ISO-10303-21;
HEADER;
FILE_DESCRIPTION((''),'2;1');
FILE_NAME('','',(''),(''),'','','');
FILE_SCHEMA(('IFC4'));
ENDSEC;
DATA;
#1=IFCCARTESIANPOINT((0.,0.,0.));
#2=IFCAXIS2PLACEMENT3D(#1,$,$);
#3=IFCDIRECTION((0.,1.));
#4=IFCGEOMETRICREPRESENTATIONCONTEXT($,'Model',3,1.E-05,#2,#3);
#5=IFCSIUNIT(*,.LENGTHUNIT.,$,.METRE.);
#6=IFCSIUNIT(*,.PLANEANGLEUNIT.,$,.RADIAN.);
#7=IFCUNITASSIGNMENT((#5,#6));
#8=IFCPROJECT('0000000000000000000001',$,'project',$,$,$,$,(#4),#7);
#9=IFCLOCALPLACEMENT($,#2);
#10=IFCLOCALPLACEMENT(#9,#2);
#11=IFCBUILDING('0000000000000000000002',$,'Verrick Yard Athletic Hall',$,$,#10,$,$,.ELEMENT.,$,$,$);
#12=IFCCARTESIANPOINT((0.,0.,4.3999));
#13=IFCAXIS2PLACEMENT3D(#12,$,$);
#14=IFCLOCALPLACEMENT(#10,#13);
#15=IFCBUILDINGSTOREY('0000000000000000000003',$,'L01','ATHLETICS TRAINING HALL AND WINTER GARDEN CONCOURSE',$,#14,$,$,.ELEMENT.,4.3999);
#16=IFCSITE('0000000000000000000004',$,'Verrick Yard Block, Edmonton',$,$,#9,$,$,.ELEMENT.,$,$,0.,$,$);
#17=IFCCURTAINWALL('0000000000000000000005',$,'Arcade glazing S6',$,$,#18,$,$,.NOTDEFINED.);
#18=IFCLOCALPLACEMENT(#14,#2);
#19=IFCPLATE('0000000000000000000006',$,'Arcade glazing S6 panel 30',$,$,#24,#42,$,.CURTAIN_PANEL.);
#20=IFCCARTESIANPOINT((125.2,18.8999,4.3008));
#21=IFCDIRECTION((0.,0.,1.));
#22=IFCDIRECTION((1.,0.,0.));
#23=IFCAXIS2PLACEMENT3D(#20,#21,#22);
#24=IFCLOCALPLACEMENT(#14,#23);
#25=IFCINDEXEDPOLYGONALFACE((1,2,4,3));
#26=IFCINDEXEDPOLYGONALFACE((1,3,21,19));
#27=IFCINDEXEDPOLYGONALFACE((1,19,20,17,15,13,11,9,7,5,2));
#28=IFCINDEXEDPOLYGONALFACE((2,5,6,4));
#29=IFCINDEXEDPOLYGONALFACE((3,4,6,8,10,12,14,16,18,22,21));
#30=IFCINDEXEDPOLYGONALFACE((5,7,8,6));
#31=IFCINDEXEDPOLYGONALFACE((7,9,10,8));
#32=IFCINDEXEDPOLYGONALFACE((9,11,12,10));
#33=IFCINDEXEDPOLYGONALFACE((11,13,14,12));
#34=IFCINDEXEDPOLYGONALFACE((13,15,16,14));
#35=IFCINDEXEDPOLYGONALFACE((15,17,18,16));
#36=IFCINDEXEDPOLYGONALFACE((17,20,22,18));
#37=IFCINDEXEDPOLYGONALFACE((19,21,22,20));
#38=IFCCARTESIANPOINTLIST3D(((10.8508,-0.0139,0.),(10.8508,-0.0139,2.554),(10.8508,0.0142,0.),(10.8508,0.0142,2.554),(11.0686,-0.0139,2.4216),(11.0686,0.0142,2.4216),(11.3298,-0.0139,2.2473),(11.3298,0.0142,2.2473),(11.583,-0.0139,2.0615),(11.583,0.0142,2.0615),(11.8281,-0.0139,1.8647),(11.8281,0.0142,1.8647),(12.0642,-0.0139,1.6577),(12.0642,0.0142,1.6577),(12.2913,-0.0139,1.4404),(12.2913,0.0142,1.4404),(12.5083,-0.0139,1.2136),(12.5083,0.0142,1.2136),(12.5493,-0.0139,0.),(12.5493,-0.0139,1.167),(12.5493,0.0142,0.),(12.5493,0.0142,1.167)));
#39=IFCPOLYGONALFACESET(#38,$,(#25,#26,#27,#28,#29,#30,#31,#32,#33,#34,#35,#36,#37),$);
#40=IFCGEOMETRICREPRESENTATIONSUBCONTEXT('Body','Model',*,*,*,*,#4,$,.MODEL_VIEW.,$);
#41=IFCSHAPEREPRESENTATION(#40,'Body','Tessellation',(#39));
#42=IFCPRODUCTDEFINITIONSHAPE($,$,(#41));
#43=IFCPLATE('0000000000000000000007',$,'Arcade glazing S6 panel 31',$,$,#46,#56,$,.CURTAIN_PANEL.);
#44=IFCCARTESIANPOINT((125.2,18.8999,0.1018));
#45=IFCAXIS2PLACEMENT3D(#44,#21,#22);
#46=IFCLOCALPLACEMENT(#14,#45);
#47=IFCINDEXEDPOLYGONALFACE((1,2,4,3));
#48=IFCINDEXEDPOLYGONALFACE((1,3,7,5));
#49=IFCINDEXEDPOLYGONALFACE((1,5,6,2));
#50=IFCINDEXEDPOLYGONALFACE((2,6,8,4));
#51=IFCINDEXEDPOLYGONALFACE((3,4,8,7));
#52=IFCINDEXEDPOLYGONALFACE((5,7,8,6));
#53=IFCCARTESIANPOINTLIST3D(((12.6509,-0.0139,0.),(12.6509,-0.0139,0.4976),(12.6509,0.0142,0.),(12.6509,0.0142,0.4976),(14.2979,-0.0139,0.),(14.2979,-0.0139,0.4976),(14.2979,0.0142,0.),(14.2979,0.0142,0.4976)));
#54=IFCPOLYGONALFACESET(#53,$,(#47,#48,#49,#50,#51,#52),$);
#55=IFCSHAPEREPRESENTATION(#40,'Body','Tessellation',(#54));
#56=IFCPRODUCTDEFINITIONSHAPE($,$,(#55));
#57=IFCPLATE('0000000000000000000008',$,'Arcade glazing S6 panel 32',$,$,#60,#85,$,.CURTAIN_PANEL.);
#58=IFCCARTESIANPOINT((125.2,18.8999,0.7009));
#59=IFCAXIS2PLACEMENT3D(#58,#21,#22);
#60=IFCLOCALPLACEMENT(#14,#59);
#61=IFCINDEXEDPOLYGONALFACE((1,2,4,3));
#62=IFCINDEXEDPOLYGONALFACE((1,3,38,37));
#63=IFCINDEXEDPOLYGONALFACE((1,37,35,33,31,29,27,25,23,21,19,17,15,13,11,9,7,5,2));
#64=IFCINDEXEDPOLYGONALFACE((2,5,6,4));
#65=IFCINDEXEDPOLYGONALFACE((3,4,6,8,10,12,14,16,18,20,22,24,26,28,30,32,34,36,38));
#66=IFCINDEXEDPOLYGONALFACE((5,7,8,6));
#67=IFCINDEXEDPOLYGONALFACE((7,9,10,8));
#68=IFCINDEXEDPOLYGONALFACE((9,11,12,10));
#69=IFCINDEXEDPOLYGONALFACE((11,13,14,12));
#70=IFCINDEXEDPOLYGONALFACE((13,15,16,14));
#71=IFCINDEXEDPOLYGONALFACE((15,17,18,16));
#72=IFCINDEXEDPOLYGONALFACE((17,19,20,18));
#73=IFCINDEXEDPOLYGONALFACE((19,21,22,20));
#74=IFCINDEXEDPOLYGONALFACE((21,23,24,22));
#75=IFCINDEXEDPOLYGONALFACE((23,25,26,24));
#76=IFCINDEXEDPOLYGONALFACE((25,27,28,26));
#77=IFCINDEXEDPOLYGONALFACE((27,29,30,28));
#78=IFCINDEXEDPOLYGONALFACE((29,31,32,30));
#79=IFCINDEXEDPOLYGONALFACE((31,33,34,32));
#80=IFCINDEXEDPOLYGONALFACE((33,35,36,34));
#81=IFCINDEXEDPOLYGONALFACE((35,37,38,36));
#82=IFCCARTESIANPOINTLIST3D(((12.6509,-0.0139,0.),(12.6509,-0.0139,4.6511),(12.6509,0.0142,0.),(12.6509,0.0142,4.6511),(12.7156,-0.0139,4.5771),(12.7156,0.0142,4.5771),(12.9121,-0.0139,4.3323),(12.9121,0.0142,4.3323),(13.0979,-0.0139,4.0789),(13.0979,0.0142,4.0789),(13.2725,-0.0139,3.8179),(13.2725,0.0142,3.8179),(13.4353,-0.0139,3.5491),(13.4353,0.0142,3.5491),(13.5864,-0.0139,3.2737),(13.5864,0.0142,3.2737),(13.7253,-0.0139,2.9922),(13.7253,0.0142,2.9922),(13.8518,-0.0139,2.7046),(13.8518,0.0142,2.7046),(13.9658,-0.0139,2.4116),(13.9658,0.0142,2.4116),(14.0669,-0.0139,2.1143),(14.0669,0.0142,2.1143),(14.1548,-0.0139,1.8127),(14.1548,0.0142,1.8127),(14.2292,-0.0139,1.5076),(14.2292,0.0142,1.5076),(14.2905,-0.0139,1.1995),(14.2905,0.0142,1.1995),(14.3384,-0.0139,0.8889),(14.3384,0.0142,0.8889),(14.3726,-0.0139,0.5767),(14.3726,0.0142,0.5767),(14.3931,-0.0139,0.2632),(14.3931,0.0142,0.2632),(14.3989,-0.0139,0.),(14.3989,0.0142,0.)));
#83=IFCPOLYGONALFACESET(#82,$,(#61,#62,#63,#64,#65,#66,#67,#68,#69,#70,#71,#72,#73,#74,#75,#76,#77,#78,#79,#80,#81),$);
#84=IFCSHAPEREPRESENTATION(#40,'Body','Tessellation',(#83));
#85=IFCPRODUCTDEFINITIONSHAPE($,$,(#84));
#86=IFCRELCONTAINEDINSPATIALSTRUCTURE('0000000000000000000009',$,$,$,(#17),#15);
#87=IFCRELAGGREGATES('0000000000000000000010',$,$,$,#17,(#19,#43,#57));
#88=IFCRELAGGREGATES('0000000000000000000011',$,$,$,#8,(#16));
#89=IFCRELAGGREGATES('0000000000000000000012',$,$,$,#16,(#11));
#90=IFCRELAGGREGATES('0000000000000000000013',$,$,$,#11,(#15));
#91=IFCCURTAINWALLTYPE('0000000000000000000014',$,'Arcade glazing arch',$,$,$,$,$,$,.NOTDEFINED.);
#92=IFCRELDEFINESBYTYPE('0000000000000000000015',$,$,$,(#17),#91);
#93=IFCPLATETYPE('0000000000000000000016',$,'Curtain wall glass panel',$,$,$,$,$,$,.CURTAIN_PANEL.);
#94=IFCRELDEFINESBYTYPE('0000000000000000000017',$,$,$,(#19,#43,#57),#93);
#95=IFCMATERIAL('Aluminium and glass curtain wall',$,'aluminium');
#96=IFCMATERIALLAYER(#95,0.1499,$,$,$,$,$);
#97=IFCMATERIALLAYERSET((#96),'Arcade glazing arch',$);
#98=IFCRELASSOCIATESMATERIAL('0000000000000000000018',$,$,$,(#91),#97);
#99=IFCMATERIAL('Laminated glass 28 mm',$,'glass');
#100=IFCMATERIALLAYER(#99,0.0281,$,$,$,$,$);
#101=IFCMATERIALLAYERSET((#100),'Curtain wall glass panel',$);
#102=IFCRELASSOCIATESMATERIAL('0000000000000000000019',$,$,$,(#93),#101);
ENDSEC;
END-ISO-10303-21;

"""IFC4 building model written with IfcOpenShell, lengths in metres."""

from ifc_helpers import new_model, si_unit, direction, frame, origin, place, context, subcontext, project, spatial, polyline, outline, extrude, material, layer, layer_set, type_object, element, aggregate, save


model = new_model("IFC4")

# Units and contexts
model_context = context("Model", 3, precision=1e-05, world=origin(), true_north=direction((0.0, 1.0)))
body_context = subcontext(model_context, "Body", "Model", "MODEL_VIEW")
ifc_project = project(units=[si_unit("LENGTHUNIT", "METRE"), si_unit("PLANEANGLEUNIT", "RADIAN")], contexts=[model_context])

# Site, building, storey
site_placement = place(None, origin())
site = spatial("IfcSite", under=ifc_project, at=site_placement, Name="Verrick Yard Block, Edmonton", CompositionType="ELEMENT", RefElevation=0.0)
building_placement = place(site_placement, origin())
building = spatial("IfcBuilding", under=site, at=building_placement, Name="Verrick Yard Athletic Hall", CompositionType="ELEMENT")
storey_placement = place(building_placement, frame((0.0, 0.0, 4.3999)))
storey = spatial("IfcBuildingStorey", under=building, at=storey_placement, Name="L01", Description="ATHLETICS TRAINING HALL AND WINTER GARDEN CONCOURSE", CompositionType="ELEMENT", Elevation=4.3999)

# Curtain wall
ifc_material_1 = material(Name="Aluminium and glass curtain wall", Category="aluminium")
ifc_layer_1 = layer(ifc_material_1, 0.1499)
ifc_layer_set_1 = layer_set([ifc_layer_1], Name="Arcade glazing arch")
curtain_wall_type_1 = type_object("IfcCurtainWallType", Name="Arcade glazing arch", PredefinedType="NOTDEFINED", material=ifc_layer_set_1)
curtain_wall_1_placement = place(storey_placement, origin())
curtain_wall_1 = element("IfcCurtainWall", 1, at=curtain_wall_1_placement, inside=storey, type_object=curtain_wall_type_1, Name="Arcade glazing S6", PredefinedType="NOTDEFINED")

# Plates
ifc_material_2 = material(Name="Laminated glass 28 mm", Category="glass")
ifc_layer_2 = layer(ifc_material_2, 0.0281)
ifc_layer_set_2 = layer_set([ifc_layer_2], Name="Curtain wall glass panel")
plate_type = type_object("IfcPlateType", Name="Curtain wall glass panel", PredefinedType="CURTAIN_PANEL", material=ifc_layer_set_2)
plate_1_placement = place(storey_placement, frame((125.2, 18.8999, 4.3008), z_axis=(0.0, 0.0, 1.0), x_axis=(1.0, 0.0, 0.0)))
plate_1 = element("IfcPlate", 2, at=plate_1_placement, type_object=plate_type, Name="Arcade glazing S6 panel 30", PredefinedType="CURTAIN_PANEL", context=body_context, shape_type="SweptSolid", body=[
    extrude(outline(polyline([(12.5493, 1.167), (12.5083, 1.2136), (12.2913, 1.4404), (12.0642, 1.6577), (11.8281, 1.8647), (11.583, 2.0615), (11.3298, 2.2473), (11.0686, 2.4216), (10.8508, 2.554), (10.8508, 0.0), (12.5493, 0.0), (12.5493, 1.167)])), frame((0.0, 0.0142, 0.0), z_axis=(0.0, -1.0, 0.0), x_axis=(1.0, 0.0, 0.0)), (0.0, 0.0, 1.0), 0.0281),
])
plate_2_placement = place(storey_placement, frame((125.2, 18.8999, 0.1018), z_axis=(0.0, 0.0, 1.0), x_axis=(1.0, 0.0, 0.0)))
plate_2 = element("IfcPlate", 3, at=plate_2_placement, type_object=plate_type, Name="Arcade glazing S6 panel 31", PredefinedType="CURTAIN_PANEL", context=body_context, shape_type="SweptSolid", body=[
    extrude(outline(polyline([(14.2979, 0.0), (14.2979, 0.4976), (12.6509, 0.4976), (12.6509, 0.0), (14.2979, 0.0)])), frame((0.0, 0.0142, 0.0), z_axis=(0.0, -1.0, 0.0), x_axis=(1.0, 0.0, 0.0)), (0.0, 0.0, 1.0), 0.0281),
])
plate_3_placement = place(storey_placement, frame((125.2, 18.8999, 0.7009), z_axis=(0.0, 0.0, 1.0), x_axis=(1.0, 0.0, 0.0)))
plate_3 = element("IfcPlate", 4, at=plate_3_placement, type_object=plate_type, Name="Arcade glazing S6 panel 32", PredefinedType="CURTAIN_PANEL", context=body_context, shape_type="SweptSolid", body=[
    extrude(outline(polyline([(14.3989, 0.0), (14.3931, 0.2632), (14.3726, 0.5767), (14.3384, 0.8889), (14.2905, 1.1995), (14.2292, 1.5076), (14.1548, 1.8127), (14.0669, 2.1143), (13.9658, 2.4116), (13.8518, 2.7046), (13.7253, 2.9922), (13.5864, 3.2737), (13.4353, 3.5491), (13.2725, 3.8179), (13.0979, 4.0789), (12.9121, 4.3323), (12.7156, 4.5771), (12.6509, 4.6511), (12.6509, 0.0), (14.3989, 0.0)])), frame((0.0, 0.0142, 0.0), z_axis=(0.0, -1.0, 0.0), x_axis=(1.0, 0.0, 0.0)), (0.0, 0.0, 1.0), 0.0281),
])
aggregate(curtain_wall_1, [plate_1, plate_2, plate_3])

save(model, "model.ifc")
